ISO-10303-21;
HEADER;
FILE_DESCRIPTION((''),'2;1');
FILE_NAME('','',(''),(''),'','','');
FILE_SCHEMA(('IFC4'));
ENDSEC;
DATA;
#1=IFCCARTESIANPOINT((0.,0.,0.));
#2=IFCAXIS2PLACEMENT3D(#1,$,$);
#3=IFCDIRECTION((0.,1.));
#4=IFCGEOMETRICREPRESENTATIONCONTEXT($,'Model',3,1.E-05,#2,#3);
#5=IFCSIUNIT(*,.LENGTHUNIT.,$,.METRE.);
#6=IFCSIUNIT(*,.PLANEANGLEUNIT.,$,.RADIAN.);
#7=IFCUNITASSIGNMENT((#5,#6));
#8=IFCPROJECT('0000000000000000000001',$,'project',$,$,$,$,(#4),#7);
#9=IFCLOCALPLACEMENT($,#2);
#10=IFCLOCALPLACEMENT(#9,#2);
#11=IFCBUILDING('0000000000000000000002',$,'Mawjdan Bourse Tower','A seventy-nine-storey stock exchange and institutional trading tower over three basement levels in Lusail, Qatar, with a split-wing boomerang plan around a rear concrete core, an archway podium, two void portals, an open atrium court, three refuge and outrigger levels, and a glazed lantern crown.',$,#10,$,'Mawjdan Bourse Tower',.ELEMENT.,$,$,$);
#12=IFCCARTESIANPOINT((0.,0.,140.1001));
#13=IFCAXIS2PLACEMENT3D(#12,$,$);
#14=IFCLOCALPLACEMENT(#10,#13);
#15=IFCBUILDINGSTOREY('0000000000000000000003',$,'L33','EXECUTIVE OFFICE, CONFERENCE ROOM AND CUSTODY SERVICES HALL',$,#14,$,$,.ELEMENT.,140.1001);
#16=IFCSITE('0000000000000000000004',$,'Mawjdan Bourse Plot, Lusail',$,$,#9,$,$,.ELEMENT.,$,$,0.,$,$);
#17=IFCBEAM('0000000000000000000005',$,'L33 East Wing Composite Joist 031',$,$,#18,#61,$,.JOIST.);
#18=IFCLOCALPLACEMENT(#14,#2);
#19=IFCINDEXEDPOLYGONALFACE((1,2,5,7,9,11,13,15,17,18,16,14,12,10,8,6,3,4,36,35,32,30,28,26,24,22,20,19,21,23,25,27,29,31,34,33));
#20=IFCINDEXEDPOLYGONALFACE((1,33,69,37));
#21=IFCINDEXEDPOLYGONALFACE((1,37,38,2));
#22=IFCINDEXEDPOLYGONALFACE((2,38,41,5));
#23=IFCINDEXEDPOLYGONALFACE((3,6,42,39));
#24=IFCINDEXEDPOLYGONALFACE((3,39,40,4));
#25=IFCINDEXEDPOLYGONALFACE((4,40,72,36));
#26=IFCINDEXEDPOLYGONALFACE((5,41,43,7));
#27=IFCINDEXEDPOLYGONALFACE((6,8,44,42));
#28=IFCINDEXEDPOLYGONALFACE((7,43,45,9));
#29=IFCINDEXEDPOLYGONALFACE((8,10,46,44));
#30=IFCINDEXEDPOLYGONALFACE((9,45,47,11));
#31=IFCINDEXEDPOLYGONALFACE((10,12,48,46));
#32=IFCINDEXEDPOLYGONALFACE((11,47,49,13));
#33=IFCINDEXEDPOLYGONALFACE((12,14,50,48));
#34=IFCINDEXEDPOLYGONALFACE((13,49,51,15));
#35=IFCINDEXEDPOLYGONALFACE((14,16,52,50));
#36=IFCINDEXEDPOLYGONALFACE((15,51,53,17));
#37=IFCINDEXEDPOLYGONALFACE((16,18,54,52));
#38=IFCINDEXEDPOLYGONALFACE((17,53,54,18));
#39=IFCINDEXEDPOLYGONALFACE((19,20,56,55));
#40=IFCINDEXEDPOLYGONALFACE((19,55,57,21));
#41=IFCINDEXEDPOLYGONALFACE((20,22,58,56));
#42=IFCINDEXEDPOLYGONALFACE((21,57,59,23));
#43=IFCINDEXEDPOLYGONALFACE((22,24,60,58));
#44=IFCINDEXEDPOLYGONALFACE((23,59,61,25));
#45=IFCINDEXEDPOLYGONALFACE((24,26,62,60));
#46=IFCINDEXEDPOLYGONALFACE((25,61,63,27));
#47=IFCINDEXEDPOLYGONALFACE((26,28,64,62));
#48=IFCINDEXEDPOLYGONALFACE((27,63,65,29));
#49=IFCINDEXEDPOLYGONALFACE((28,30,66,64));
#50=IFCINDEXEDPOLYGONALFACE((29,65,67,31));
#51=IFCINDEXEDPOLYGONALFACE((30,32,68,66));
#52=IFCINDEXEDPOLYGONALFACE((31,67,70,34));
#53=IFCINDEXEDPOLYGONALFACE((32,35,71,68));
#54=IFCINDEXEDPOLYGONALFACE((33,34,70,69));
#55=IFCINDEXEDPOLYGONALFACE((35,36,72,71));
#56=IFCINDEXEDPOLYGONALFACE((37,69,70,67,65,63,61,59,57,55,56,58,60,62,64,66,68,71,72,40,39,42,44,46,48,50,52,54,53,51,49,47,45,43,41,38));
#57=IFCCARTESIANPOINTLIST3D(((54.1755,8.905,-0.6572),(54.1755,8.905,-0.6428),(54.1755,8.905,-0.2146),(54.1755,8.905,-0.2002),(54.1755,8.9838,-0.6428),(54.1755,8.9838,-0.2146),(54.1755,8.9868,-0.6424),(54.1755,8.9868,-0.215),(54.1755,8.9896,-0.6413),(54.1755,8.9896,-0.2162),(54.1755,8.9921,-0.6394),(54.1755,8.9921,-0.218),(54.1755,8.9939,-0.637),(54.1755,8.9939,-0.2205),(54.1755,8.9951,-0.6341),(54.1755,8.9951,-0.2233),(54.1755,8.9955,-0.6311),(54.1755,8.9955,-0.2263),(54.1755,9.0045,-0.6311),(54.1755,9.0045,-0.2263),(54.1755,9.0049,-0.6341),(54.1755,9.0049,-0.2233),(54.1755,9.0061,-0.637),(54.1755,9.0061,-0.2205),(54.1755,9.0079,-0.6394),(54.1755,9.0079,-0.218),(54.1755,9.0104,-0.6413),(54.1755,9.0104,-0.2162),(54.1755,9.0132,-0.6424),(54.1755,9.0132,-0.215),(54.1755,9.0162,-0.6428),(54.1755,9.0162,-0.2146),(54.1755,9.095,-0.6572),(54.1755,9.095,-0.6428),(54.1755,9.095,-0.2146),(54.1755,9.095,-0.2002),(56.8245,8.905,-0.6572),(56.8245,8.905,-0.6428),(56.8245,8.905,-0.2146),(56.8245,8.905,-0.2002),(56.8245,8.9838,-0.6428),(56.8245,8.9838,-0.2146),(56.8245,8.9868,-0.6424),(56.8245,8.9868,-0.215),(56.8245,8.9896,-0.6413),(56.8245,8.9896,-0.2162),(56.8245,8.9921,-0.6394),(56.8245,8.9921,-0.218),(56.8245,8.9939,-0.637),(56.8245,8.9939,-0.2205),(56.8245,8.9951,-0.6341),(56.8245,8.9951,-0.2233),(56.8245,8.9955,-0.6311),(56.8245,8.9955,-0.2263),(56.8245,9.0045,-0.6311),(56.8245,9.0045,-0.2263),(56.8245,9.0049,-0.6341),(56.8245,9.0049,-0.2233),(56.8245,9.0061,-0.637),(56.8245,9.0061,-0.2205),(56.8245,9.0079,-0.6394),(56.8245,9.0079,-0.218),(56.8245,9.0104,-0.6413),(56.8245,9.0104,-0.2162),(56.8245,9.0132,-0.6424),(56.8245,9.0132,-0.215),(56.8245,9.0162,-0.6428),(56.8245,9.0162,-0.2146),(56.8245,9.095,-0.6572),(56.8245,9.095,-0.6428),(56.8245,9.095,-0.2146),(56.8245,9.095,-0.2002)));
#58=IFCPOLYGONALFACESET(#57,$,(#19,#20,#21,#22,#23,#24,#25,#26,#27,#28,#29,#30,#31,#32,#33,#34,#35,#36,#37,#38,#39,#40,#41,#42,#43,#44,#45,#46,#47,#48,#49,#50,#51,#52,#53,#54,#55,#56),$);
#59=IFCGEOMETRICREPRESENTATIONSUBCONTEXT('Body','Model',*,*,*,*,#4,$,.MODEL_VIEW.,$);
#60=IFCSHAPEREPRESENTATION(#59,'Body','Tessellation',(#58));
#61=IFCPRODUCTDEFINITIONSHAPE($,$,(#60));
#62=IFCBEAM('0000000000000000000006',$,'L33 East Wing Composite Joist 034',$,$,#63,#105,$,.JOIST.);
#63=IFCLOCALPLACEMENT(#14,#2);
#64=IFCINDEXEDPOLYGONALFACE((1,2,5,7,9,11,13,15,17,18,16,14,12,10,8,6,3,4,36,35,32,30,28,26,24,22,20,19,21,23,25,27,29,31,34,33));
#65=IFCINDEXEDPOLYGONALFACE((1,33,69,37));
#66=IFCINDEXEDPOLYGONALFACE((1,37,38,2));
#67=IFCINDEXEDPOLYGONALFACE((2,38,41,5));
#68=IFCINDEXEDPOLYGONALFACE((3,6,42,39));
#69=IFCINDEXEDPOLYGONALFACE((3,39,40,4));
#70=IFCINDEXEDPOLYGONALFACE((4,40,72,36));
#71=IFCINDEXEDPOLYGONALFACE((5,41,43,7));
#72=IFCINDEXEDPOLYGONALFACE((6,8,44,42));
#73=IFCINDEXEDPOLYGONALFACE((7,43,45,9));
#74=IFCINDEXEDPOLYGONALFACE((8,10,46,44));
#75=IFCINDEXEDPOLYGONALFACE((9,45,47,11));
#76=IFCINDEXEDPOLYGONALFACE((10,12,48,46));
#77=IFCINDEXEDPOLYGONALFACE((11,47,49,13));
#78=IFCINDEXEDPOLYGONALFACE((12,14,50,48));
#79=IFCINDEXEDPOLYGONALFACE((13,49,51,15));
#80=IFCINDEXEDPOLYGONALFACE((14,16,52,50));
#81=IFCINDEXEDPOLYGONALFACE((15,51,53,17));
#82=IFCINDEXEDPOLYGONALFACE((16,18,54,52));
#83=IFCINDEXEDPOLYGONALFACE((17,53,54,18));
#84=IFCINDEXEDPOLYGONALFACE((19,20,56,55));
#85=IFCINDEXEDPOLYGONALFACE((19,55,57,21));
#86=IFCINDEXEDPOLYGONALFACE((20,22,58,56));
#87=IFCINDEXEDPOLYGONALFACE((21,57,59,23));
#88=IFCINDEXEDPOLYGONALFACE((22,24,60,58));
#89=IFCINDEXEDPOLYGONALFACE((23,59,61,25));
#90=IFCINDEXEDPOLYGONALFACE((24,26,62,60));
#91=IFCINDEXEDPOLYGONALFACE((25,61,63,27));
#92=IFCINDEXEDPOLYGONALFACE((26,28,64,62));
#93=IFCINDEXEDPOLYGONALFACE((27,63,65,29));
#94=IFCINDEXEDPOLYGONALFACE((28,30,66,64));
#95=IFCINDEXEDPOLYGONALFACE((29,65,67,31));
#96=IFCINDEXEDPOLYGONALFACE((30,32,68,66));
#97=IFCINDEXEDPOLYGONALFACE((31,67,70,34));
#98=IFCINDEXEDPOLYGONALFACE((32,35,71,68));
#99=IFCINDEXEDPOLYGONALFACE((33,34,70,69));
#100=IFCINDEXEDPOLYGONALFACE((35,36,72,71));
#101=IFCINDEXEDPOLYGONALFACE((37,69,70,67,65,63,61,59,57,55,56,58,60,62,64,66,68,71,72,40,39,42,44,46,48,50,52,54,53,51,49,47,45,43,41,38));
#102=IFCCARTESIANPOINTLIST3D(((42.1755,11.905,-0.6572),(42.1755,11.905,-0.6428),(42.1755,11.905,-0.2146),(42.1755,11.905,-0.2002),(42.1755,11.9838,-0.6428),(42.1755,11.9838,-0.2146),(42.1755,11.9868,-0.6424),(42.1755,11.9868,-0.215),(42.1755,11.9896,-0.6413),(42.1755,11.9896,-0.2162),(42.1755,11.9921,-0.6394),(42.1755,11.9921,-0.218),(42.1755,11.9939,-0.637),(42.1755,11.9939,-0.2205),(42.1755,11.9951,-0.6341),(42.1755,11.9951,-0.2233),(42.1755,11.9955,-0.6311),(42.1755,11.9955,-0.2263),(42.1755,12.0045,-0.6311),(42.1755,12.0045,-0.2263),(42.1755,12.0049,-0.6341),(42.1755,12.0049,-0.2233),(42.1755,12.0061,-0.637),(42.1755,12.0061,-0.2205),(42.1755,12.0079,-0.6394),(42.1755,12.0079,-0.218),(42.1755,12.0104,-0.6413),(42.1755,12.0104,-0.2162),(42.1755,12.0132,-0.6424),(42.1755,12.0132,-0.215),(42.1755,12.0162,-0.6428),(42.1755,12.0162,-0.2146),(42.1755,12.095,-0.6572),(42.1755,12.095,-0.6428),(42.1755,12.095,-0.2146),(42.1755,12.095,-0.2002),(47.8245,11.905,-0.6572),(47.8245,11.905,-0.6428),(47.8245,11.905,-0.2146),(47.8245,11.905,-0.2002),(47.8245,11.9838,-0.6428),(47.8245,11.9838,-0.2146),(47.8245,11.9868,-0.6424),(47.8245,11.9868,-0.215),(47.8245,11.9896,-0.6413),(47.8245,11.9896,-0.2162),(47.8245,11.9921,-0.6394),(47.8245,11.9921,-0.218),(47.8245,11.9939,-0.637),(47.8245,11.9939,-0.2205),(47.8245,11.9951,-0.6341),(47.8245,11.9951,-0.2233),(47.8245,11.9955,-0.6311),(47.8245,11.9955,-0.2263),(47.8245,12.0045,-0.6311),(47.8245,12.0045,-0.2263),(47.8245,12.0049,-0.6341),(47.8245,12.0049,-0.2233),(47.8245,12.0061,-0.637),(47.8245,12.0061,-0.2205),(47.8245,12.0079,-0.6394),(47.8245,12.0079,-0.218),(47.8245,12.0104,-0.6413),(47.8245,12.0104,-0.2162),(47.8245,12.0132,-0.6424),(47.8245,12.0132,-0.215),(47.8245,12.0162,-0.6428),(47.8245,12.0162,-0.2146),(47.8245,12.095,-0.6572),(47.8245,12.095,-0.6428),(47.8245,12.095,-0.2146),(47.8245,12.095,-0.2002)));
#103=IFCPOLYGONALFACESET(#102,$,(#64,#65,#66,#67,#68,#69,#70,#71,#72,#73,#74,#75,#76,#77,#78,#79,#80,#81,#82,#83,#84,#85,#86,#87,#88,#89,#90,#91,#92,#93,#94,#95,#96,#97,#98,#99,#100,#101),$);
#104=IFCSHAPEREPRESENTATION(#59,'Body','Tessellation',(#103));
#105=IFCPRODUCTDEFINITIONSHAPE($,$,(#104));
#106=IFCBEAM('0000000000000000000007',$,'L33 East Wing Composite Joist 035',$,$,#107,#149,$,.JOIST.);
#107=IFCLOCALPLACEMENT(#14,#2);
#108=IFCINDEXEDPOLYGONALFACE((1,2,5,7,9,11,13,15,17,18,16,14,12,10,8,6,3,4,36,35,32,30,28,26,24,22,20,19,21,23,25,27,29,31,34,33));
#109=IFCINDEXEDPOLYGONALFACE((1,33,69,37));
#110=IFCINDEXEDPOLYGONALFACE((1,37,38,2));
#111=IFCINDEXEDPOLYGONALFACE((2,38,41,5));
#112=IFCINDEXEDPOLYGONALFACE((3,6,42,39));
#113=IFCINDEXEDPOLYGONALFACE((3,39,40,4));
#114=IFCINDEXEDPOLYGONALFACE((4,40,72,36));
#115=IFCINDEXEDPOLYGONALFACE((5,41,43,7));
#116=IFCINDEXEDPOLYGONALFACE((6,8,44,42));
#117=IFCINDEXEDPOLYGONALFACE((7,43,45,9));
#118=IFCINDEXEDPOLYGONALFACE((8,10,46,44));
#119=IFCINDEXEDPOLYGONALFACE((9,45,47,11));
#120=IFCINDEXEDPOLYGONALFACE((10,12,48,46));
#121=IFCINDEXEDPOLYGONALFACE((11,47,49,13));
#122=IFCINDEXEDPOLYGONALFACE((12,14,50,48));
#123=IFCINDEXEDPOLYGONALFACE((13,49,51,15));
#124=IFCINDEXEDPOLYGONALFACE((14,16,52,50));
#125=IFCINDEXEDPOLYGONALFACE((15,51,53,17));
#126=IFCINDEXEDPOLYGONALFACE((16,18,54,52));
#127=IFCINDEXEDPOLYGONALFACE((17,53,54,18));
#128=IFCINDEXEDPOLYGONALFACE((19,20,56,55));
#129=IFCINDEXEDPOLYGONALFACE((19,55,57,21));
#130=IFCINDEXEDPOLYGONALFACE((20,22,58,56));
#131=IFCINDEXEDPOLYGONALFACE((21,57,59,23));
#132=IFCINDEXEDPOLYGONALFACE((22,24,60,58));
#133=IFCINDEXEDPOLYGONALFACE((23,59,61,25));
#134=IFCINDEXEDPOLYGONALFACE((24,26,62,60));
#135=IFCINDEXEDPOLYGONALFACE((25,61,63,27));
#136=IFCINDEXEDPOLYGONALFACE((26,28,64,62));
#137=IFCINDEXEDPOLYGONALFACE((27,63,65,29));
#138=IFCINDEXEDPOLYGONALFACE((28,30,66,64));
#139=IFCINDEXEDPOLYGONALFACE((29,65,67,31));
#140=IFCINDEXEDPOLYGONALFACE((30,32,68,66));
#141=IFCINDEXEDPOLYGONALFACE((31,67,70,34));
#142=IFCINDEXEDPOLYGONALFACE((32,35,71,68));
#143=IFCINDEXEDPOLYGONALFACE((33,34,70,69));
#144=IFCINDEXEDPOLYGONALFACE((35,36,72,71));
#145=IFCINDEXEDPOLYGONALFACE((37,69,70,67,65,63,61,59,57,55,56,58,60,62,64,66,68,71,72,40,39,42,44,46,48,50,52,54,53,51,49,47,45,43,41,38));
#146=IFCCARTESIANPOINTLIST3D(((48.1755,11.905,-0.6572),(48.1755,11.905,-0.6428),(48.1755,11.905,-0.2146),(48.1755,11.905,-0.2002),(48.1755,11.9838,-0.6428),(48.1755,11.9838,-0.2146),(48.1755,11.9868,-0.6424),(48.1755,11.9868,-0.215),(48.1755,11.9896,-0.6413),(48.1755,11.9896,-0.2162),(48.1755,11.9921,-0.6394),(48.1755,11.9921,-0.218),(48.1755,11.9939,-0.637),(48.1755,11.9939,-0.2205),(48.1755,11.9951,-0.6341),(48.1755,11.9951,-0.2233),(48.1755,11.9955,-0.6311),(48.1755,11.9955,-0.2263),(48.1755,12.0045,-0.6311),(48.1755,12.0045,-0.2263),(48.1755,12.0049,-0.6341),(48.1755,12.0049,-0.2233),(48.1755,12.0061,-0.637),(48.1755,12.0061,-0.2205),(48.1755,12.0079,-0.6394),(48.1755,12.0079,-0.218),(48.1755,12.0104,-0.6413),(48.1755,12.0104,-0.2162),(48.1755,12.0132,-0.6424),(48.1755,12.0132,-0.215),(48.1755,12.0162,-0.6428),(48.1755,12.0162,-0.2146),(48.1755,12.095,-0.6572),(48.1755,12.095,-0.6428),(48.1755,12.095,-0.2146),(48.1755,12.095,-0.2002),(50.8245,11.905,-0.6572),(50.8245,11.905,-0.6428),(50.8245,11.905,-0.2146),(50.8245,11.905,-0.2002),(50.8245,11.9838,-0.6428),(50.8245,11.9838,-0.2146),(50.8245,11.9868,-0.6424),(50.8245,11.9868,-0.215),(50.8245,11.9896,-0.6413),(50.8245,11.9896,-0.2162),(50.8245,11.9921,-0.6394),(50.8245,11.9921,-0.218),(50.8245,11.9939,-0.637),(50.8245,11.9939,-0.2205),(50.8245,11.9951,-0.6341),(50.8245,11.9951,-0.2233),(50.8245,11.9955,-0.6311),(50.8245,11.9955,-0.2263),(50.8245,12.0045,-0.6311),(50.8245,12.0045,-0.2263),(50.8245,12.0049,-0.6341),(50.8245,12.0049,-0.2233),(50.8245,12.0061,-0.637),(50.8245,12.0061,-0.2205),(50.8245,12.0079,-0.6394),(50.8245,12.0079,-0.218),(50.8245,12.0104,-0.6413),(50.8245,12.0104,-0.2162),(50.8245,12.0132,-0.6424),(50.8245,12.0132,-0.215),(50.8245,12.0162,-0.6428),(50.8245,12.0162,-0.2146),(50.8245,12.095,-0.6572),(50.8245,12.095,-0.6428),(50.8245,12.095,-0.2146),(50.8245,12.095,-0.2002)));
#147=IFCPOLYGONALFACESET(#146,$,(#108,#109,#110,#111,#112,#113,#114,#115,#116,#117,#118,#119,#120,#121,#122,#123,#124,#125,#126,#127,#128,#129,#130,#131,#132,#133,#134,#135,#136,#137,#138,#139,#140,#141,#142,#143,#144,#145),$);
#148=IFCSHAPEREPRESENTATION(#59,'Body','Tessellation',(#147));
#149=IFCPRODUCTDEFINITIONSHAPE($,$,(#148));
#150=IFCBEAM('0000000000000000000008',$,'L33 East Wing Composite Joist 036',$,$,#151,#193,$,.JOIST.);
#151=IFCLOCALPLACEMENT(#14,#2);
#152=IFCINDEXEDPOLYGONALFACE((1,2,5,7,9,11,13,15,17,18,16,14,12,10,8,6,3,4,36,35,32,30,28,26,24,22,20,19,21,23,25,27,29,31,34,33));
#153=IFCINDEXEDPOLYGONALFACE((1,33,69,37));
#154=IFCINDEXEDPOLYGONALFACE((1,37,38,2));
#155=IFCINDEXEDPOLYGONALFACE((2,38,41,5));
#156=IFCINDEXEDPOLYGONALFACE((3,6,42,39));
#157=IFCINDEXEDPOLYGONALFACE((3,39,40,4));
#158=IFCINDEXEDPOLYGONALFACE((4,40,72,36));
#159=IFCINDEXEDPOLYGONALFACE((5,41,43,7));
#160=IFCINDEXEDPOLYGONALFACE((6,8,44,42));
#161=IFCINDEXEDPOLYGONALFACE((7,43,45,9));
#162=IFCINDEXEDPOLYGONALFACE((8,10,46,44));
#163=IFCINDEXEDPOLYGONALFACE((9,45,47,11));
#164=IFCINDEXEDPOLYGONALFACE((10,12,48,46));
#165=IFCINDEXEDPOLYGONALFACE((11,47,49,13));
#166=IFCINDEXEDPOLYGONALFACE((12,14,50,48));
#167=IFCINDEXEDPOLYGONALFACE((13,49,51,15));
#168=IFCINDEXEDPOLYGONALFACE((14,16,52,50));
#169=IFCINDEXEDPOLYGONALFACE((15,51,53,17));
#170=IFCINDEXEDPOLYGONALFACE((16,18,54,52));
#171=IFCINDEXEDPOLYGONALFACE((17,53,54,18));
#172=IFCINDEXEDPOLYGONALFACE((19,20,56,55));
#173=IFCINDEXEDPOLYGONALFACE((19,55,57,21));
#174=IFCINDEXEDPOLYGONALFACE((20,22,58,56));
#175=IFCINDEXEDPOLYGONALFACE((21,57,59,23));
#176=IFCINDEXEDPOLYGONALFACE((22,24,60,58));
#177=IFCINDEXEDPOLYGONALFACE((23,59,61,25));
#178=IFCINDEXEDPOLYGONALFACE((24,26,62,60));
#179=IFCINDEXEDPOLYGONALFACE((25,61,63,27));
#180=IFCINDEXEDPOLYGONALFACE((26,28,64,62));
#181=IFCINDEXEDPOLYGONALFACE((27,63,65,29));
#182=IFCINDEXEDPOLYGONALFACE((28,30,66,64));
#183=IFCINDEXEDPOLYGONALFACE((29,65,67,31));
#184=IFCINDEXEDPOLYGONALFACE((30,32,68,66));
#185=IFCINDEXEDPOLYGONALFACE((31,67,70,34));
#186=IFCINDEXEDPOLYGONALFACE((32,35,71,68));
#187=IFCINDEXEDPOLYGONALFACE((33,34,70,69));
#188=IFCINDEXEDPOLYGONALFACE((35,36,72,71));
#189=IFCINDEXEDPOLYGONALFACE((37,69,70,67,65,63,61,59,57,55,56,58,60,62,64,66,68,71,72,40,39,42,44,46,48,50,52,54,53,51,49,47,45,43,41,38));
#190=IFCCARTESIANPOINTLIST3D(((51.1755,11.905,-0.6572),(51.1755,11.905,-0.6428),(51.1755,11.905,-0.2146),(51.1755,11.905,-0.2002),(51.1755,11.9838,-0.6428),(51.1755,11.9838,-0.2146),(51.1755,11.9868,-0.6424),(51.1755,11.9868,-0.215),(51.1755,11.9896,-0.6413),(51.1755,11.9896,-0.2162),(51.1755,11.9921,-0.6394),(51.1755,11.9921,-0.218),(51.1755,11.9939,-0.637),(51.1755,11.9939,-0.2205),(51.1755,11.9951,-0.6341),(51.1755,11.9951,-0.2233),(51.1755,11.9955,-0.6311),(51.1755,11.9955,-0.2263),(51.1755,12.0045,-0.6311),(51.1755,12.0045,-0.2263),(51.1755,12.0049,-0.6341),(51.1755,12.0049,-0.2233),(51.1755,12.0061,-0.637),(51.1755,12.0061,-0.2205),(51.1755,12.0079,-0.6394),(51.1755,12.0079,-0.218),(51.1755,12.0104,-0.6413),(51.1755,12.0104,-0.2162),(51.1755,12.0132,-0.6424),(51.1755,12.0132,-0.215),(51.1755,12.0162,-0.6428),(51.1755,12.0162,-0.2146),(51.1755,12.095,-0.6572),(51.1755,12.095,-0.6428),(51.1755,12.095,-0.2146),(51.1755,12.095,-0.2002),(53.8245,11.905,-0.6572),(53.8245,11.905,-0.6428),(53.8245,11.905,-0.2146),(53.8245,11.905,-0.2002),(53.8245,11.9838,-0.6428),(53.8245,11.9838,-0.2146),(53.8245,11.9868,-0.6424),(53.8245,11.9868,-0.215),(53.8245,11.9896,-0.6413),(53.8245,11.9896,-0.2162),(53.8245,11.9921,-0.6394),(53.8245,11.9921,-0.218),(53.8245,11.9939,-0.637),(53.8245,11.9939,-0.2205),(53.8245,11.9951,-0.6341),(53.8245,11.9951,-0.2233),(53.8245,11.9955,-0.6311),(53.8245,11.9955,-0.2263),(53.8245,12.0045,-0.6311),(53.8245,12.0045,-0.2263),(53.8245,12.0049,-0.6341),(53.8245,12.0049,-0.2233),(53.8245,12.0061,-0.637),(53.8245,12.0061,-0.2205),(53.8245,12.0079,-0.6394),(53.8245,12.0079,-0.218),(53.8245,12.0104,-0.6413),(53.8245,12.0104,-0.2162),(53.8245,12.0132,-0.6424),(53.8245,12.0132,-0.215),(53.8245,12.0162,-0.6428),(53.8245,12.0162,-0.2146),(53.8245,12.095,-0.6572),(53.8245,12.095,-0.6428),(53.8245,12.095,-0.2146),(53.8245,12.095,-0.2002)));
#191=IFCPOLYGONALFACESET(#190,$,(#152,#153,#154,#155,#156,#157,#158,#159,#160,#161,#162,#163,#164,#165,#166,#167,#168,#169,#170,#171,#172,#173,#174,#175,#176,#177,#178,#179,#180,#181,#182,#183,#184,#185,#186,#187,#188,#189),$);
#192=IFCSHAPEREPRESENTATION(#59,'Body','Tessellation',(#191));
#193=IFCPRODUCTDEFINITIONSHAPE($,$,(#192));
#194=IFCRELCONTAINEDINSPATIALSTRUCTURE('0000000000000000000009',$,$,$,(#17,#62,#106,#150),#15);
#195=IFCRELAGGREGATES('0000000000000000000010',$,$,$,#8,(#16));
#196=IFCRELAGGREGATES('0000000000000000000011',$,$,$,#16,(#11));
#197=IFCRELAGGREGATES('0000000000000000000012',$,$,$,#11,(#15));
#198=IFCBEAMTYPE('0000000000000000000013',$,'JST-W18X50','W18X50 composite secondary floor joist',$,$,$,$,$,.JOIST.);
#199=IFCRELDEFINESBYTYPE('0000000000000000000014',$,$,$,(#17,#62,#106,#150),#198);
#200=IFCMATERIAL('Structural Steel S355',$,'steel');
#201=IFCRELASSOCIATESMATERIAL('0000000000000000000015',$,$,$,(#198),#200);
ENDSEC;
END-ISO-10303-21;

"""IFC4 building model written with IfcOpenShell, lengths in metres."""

from ifc_helpers import new_model, si_unit, direction, frame, origin, origin_2d, place, context, subcontext, project, spatial, i_section, extrude, material, material_profile, profile_set, type_object, element, save


model = new_model("IFC4")

# Units and contexts
model_context = context("Model", 3, precision=1e-05, world=origin(), true_north=direction((0.0, 1.0)))
body_context = subcontext(model_context, "Body", "Model", "MODEL_VIEW")
ifc_project = project(units=[si_unit("LENGTHUNIT", "METRE"), si_unit("PLANEANGLEUNIT", "RADIAN")], contexts=[model_context])

# Site, building, storey
site_placement = place(None, origin())
site = spatial("IfcSite", under=ifc_project, at=site_placement, Name="Mawjdan Bourse Plot, Lusail", CompositionType="ELEMENT", RefElevation=0.0)
building_placement = place(site_placement, origin())
building = spatial("IfcBuilding", under=site, at=building_placement, Name="Mawjdan Bourse Tower", Description="A seventy-nine-storey stock exchange and institutional trading tower over three basement levels in Lusail, Qatar, with a split-wing boomerang plan around a rear concrete core, an archway podium, two void portals, an open atrium court, three refuge and outrigger levels, and a glazed lantern crown.", LongName="Mawjdan Bourse Tower", CompositionType="ELEMENT")
storey_placement = place(building_placement, frame((0.0, 0.0, 140.1001)))
storey = spatial("IfcBuildingStorey", under=building, at=storey_placement, Name="L33", Description="EXECUTIVE OFFICE, CONFERENCE ROOM AND CUSTODY SERVICES HALL", CompositionType="ELEMENT", Elevation=140.1001)

# Beams
ifc_material_1 = material(Name="Structural Steel S355", Category="steel")
ifc_material_profile_1 = material_profile(ifc_material_1, i_section(OverallWidth=0.1899, OverallDepth=0.457, WebThickness=0.009, FlangeThickness=0.0144, FilletRadius=0.0117, at=origin_2d()), Name="W18X50")
ifc_profile_set_1 = profile_set([ifc_material_profile_1], Name="Structural Steel S355")
beam_type_1 = type_object("IfcBeamType", Name="JST-W18X50", Description="W18X50 composite secondary floor joist", PredefinedType="JOIST", material=ifc_profile_set_1)
for number, where, z_axis, x_axis, name in (
    (1, (54.1755, 9.0, -0.4287), (1.0, 0.0, 0.0), (0.0, 1.0, 0.0), "L33 East Wing Composite Joist 031"),
):
    element("IfcBeam", number, at=place(storey_placement, frame(where, z_axis=z_axis, x_axis=x_axis)), inside=storey, type_object=beam_type_1, Name=name, PredefinedType="JOIST", context=body_context, shape_type="SweptSolid", body=[
        extrude(i_section(OverallWidth=0.1899, OverallDepth=0.457, WebThickness=0.009, FlangeThickness=0.0144, FilletRadius=0.0117, at=origin_2d()), origin(), (0.0, 0.0, 1.0), 2.6489),
    ])
beam_1_placement = place(storey_placement, frame((42.1755, 12.0, -0.4287), z_axis=(1.0, 0.0, 0.0), x_axis=(0.0, 1.0, 0.0)))
element("IfcBeam", 2, at=beam_1_placement, inside=storey, type_object=beam_type_1, Name="L33 East Wing Composite Joist 034", PredefinedType="JOIST", context=body_context, shape_type="SweptSolid", body=[
    extrude(i_section(OverallWidth=0.1899, OverallDepth=0.457, WebThickness=0.009, FlangeThickness=0.0144, FilletRadius=0.0117, at=origin_2d()), origin(), (0.0, 0.0, 1.0), 5.6489),
])
for number, where, z_axis, x_axis, name in (
    (3, (48.1755, 12.0, -0.4287), (1.0, 0.0, 0.0), (0.0, 1.0, 0.0), "L33 East Wing Composite Joist 035"),
    (4, (51.1755, 12.0, -0.4287), (1.0, 0.0, 0.0), (0.0, 1.0, 0.0), "L33 East Wing Composite Joist 036"),
):
    element("IfcBeam", number, at=place(storey_placement, frame(where, z_axis=z_axis, x_axis=x_axis)), inside=storey, type_object=beam_type_1, Name=name, PredefinedType="JOIST", context=body_context, shape_type="SweptSolid", body=[
        extrude(i_section(OverallWidth=0.1899, OverallDepth=0.457, WebThickness=0.009, FlangeThickness=0.0144, FilletRadius=0.0117, at=origin_2d()), origin(), (0.0, 0.0, 1.0), 2.6489),
    ])

save(model, "model.ifc")
